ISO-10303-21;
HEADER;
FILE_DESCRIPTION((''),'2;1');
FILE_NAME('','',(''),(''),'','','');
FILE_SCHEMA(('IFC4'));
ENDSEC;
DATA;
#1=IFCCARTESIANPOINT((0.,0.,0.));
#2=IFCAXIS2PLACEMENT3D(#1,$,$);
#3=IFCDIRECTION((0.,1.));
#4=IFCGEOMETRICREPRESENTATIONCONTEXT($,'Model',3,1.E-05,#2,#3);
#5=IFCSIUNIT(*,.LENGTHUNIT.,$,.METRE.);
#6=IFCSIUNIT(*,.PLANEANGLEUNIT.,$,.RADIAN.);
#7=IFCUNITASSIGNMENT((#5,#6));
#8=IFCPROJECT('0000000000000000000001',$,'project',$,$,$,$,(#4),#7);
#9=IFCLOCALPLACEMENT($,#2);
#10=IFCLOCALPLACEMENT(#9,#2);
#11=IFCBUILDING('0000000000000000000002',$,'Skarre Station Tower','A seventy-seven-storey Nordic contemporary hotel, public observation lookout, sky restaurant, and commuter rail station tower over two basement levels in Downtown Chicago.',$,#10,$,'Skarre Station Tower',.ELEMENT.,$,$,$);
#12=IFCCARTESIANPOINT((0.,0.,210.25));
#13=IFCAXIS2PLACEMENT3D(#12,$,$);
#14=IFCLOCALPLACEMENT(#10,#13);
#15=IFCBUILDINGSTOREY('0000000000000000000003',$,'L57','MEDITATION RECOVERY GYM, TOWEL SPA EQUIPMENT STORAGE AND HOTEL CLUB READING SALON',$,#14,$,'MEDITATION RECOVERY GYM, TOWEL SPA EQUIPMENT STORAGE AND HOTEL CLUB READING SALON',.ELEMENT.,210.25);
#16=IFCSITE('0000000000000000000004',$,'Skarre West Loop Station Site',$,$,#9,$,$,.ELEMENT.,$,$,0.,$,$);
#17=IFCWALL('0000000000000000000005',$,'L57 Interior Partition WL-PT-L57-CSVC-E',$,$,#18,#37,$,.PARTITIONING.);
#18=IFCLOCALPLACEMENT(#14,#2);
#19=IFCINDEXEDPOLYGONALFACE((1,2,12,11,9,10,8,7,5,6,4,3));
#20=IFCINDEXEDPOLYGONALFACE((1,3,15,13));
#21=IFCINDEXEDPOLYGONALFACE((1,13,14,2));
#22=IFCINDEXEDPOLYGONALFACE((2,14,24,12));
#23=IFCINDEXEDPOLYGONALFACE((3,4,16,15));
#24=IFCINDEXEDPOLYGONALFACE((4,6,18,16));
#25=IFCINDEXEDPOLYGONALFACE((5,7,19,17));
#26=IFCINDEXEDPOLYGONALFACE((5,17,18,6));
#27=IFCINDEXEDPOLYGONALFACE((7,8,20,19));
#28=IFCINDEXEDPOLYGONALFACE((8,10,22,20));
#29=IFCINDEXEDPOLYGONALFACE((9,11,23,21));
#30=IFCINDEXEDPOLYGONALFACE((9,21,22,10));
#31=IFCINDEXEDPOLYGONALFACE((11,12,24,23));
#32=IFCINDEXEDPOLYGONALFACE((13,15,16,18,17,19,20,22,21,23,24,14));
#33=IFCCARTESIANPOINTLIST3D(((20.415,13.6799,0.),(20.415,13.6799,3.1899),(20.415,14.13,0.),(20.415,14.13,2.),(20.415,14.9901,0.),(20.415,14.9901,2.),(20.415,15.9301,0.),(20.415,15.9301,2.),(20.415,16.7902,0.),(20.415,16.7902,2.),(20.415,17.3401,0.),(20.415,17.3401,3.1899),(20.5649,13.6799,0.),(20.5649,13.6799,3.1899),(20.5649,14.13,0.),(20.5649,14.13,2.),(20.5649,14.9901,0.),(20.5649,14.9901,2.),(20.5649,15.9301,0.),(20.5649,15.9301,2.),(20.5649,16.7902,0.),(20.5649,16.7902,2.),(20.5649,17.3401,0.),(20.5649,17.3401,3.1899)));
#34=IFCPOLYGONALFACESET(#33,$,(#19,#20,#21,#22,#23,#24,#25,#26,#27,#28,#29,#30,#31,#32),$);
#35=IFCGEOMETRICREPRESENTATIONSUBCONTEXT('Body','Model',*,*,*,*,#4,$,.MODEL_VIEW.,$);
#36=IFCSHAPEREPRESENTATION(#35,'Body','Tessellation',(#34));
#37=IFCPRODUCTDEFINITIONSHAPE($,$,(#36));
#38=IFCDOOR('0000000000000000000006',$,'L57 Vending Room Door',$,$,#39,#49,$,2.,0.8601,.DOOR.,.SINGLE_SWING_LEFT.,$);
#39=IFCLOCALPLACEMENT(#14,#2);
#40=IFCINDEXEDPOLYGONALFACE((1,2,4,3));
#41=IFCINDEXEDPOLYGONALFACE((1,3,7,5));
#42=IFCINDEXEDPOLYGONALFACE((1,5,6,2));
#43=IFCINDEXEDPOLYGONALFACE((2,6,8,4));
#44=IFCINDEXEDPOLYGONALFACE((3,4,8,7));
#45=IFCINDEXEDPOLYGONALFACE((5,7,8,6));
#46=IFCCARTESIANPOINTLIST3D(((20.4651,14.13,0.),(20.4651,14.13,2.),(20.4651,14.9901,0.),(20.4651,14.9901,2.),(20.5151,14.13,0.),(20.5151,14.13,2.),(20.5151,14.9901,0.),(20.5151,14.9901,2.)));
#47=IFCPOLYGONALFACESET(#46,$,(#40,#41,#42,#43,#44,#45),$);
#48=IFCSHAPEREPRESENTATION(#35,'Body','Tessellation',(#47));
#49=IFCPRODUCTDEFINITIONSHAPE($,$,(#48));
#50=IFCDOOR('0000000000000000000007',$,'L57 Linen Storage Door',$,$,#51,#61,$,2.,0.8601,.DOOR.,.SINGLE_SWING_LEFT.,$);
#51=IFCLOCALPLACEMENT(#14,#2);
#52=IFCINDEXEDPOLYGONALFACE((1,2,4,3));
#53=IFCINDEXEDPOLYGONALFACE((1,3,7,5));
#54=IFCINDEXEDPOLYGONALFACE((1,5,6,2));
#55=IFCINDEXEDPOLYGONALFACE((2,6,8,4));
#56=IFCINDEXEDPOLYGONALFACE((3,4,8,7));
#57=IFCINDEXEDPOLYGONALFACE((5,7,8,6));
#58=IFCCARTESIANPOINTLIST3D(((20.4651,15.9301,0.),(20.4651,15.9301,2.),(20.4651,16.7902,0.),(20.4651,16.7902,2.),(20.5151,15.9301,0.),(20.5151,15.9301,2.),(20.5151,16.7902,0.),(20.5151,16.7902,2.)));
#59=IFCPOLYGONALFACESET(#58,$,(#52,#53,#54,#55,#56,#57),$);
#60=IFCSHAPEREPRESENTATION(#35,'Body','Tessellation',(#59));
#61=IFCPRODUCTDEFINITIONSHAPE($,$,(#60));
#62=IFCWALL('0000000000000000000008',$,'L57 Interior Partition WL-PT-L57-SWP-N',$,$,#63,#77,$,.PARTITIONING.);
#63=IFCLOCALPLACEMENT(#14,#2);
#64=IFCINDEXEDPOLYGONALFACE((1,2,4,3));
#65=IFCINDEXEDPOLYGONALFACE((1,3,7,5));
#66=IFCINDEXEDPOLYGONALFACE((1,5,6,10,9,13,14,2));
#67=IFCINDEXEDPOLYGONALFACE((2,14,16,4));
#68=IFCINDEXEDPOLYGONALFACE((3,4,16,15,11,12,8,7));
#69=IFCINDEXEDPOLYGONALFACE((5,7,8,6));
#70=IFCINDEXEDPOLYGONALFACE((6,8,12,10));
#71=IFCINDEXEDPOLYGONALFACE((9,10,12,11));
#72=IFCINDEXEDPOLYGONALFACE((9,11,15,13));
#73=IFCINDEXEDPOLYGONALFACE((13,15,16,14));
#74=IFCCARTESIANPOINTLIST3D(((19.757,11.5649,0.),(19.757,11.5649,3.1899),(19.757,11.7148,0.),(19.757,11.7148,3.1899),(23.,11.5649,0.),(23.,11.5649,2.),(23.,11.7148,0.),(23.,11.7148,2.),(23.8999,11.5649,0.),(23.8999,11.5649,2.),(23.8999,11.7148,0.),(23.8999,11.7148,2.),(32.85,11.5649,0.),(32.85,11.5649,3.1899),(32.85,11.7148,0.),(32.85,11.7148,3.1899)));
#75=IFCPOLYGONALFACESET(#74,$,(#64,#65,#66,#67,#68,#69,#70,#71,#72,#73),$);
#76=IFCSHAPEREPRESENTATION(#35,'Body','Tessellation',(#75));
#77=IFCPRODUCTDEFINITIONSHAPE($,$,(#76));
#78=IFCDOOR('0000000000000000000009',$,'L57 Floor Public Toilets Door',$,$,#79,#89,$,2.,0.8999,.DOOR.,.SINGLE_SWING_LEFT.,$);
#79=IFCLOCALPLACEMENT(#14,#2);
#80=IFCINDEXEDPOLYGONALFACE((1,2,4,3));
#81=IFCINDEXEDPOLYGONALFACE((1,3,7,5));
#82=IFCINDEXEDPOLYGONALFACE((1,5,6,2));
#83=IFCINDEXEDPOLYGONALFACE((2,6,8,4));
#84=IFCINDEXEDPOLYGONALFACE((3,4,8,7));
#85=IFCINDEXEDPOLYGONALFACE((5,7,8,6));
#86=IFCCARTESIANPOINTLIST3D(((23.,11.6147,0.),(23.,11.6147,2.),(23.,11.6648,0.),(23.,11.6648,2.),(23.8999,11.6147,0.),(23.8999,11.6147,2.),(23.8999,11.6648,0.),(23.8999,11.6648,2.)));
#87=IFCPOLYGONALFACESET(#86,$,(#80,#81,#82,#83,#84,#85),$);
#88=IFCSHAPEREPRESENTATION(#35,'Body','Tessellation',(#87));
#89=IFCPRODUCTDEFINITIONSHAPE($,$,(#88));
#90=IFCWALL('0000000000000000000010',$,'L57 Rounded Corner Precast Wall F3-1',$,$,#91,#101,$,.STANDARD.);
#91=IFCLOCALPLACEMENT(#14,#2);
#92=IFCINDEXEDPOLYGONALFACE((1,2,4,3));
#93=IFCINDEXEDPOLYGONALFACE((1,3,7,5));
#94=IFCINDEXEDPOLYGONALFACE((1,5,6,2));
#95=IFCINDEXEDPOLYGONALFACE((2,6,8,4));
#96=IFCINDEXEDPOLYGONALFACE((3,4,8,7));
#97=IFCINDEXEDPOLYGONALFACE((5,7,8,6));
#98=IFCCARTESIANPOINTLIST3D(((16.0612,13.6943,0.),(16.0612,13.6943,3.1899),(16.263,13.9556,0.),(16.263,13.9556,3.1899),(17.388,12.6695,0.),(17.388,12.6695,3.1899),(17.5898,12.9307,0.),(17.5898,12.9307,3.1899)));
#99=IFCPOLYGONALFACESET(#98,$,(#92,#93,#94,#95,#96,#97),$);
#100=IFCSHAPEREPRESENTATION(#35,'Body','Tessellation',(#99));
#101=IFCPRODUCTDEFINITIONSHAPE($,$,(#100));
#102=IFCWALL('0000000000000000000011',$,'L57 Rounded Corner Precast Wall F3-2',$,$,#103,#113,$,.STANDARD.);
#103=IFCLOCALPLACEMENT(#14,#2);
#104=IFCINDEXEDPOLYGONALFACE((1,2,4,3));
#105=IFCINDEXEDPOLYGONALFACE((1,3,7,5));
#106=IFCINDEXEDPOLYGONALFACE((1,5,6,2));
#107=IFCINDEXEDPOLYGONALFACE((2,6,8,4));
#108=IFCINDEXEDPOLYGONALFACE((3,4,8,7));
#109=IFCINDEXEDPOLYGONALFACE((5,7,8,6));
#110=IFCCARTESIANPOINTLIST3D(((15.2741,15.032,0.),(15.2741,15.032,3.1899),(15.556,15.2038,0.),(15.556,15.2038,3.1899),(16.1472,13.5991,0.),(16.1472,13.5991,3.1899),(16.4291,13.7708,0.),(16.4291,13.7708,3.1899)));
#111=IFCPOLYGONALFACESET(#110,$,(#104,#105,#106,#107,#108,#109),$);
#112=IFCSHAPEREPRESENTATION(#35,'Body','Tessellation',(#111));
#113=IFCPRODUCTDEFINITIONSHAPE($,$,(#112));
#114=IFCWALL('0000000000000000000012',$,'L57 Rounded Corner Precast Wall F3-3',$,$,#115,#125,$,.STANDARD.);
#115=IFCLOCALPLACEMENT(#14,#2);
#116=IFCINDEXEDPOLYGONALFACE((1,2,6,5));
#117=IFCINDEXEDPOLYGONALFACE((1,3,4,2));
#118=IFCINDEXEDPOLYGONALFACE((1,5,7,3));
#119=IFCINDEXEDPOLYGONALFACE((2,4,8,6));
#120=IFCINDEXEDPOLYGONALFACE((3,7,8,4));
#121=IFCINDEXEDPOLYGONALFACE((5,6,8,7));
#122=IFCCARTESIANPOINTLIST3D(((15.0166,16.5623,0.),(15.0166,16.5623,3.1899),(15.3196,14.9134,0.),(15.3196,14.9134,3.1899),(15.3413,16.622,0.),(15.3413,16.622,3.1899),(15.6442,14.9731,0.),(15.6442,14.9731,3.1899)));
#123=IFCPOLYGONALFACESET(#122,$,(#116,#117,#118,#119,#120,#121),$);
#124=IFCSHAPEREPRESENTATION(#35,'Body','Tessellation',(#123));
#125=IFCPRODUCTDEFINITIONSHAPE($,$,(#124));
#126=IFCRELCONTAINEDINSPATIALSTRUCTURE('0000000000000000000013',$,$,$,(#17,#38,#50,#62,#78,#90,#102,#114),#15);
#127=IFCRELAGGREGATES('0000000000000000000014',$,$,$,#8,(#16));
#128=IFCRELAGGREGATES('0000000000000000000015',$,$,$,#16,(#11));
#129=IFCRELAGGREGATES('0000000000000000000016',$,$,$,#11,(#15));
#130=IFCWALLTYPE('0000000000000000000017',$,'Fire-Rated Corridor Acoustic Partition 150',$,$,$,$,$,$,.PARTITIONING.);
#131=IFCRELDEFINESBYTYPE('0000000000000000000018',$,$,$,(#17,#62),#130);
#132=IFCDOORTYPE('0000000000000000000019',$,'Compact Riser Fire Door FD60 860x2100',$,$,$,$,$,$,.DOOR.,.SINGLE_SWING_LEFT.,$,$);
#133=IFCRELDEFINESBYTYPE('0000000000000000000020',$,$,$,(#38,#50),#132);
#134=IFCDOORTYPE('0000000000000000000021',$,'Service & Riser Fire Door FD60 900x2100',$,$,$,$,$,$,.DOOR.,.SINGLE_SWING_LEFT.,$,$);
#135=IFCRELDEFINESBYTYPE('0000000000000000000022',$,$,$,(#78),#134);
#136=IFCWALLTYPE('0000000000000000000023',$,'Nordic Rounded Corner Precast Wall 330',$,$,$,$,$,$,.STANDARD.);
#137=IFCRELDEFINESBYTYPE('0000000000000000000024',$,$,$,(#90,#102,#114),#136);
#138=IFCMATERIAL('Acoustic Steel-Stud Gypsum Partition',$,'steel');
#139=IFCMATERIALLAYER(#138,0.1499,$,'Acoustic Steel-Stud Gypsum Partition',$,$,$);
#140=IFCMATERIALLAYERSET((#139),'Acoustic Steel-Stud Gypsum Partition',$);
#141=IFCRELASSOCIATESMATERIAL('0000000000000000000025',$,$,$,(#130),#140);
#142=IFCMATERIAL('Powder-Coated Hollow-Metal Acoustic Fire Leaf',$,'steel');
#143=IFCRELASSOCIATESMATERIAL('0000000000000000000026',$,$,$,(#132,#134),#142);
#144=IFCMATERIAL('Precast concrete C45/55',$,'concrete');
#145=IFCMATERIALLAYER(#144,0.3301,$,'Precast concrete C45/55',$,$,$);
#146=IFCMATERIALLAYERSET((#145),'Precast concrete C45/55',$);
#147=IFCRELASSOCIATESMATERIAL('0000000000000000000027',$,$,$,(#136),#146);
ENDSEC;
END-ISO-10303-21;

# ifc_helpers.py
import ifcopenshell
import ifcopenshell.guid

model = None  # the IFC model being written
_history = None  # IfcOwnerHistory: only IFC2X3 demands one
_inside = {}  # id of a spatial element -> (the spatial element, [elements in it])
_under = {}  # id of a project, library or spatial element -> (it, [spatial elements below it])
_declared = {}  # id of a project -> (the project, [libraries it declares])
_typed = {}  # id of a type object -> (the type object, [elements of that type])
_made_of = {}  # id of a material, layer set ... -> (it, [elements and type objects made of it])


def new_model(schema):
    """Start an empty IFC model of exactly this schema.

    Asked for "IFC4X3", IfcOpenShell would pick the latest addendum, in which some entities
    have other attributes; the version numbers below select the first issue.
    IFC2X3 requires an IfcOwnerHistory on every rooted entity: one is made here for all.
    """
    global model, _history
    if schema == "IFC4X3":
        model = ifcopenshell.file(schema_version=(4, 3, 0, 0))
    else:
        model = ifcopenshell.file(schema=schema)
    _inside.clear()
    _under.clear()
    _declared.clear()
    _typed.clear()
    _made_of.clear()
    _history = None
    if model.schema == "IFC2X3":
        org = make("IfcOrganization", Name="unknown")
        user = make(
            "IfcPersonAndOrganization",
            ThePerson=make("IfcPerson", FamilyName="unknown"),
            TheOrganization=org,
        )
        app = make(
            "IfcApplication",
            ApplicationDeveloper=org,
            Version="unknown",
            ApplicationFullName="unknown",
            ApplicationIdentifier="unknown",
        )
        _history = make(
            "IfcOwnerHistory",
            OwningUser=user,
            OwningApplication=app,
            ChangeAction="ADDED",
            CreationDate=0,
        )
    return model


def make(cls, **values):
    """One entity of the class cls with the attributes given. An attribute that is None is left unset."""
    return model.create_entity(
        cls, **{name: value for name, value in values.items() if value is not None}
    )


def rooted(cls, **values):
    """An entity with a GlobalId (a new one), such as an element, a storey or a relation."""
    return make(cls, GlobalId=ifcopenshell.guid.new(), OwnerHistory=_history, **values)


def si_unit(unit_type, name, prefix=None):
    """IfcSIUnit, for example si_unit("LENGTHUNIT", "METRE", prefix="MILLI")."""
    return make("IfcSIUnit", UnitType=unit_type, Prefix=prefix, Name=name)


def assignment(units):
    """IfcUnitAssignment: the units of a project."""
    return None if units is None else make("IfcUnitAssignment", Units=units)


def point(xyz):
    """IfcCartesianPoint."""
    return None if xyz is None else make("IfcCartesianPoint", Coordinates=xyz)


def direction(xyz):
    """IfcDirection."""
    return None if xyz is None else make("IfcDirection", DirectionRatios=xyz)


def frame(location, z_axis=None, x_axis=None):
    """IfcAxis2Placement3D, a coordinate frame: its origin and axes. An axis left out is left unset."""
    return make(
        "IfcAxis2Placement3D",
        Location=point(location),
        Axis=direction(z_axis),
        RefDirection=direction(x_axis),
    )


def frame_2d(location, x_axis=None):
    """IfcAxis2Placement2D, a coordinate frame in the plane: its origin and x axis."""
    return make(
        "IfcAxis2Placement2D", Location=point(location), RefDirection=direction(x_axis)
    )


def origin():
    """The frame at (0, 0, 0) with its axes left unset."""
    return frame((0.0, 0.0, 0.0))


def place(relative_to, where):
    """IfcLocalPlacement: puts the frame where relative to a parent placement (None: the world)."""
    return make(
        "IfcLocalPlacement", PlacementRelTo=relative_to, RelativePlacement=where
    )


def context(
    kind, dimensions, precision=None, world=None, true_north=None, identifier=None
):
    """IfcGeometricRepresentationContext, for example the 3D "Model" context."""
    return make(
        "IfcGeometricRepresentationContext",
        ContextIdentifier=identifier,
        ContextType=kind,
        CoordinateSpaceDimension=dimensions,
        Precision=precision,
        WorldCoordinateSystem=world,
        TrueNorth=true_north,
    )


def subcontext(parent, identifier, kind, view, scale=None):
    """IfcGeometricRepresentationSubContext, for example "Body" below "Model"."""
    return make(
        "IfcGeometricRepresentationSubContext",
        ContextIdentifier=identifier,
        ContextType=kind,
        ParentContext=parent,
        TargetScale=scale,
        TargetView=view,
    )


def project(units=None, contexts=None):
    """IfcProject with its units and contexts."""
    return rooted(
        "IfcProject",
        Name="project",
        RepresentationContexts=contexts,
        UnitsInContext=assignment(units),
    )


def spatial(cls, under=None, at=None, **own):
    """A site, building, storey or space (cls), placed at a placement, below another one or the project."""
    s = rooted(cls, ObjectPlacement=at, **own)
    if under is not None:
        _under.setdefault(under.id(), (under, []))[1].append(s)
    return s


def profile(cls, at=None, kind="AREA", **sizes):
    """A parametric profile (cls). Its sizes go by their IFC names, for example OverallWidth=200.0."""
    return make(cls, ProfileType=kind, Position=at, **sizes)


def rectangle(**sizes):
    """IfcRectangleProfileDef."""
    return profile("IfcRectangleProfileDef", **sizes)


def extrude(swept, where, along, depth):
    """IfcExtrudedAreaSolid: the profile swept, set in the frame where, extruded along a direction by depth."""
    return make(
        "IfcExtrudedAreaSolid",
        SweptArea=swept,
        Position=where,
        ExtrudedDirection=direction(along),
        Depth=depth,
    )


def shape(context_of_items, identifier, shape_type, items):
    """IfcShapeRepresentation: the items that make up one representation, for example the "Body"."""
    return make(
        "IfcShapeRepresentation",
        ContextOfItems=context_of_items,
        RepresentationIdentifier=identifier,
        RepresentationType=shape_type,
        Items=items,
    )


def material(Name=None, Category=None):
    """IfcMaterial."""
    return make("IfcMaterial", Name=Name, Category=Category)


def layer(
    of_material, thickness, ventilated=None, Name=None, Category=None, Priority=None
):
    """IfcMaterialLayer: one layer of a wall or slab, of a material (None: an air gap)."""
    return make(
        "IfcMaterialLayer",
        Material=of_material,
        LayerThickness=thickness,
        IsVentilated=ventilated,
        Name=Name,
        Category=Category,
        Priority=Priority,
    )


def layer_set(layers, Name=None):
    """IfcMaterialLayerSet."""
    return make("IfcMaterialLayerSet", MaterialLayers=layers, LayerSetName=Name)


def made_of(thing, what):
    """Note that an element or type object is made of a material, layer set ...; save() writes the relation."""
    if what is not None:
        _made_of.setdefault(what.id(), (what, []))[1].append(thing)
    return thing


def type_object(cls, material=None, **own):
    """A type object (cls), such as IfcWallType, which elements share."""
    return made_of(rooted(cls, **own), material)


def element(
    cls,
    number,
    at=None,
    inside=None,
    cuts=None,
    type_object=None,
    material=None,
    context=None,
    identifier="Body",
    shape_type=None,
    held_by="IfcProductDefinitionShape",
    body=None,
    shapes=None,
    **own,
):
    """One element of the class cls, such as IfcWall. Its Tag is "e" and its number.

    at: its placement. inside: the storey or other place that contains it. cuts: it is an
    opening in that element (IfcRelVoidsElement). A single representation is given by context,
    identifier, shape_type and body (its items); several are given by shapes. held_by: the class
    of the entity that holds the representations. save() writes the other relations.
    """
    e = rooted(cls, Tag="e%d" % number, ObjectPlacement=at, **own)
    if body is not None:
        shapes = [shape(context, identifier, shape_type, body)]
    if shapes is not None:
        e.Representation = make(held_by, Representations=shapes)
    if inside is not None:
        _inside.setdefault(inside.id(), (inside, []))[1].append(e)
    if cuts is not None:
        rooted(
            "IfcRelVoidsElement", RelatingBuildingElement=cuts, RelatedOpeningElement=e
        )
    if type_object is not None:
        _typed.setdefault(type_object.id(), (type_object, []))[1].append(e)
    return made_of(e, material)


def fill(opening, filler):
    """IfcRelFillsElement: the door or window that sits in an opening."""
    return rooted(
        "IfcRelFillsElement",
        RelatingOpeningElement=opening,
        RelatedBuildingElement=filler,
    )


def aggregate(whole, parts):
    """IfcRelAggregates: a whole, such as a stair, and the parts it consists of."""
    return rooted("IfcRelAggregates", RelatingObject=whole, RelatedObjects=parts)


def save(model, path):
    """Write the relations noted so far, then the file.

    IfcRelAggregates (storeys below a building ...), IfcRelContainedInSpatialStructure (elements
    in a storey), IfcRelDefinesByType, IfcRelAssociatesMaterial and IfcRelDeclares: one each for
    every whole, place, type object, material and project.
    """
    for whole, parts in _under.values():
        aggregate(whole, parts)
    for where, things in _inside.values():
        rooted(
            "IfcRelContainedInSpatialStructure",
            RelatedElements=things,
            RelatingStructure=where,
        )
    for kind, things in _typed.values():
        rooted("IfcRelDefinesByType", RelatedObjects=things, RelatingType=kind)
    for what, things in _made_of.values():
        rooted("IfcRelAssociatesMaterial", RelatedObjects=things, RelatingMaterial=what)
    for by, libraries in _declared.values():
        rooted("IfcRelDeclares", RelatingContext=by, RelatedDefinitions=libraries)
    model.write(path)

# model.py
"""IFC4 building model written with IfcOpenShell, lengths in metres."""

from ifc_helpers import new_model, si_unit, direction, frame, frame_2d, origin, place, context, subcontext, project, spatial, rectangle, extrude, material, layer, layer_set, type_object, element, fill, save


model = new_model("IFC4")

# Units and contexts
model_context = context("Model", 3, precision=1e-05, world=origin(), true_north=direction((0.0, 1.0)))
body_context = subcontext(model_context, "Body", "Model", "MODEL_VIEW")
ifc_project = project(units=[si_unit("LENGTHUNIT", "METRE"), si_unit("PLANEANGLEUNIT", "RADIAN")], contexts=[model_context])

# Site, building, storey
site_placement = place(None, origin())
site = spatial("IfcSite", under=ifc_project, at=site_placement, Name="Skarre West Loop Station Site", CompositionType="ELEMENT", RefElevation=0.0)
building_placement = place(site_placement, origin())
building = spatial("IfcBuilding", under=site, at=building_placement, Name="Skarre Station Tower", Description="A seventy-seven-storey Nordic contemporary hotel, public observation lookout, sky restaurant, and commuter rail station tower over two basement levels in Downtown Chicago.", LongName="Skarre Station Tower", CompositionType="ELEMENT")
storey_placement = place(building_placement, frame((0.0, 0.0, 210.25)))
storey = spatial("IfcBuildingStorey", under=building, at=storey_placement, Name="L57", Description="MEDITATION RECOVERY GYM, TOWEL SPA EQUIPMENT STORAGE AND HOTEL CLUB READING SALON", LongName="MEDITATION RECOVERY GYM, TOWEL SPA EQUIPMENT STORAGE AND HOTEL CLUB READING SALON", CompositionType="ELEMENT", Elevation=210.25)

# Shared definitions
ifc_material_1 = material(Name="Acoustic Steel-Stud Gypsum Partition", Category="steel")
ifc_layer_1 = layer(ifc_material_1, 0.1499, Name="Acoustic Steel-Stud Gypsum Partition")
ifc_layer_set_1 = layer_set([ifc_layer_1], Name="Acoustic Steel-Stud Gypsum Partition")
wall_type_1 = type_object("IfcWallType", Name="Fire-Rated Corridor Acoustic Partition 150", PredefinedType="PARTITIONING", material=ifc_layer_set_1)

# Wall, openings, doors
wall_1_placement = place(storey_placement, frame((20.49, 13.6799, 0.0), z_axis=(0.0, 0.0, 1.0), x_axis=(0.0, 1.0, 0.0)))
wall_1 = element("IfcWall", 1, at=wall_1_placement, inside=storey, type_object=wall_type_1, Name="L57 Interior Partition WL-PT-L57-CSVC-E", PredefinedType="PARTITIONING", context=body_context, shape_type="SweptSolid", body=[
    extrude(rectangle(XDim=3.6602, YDim=0.1499, at=frame_2d((1.8301, 0.0))), origin(), (0.0, 0.0, 1.0), 3.1899),
])
opening_1_placement = place(wall_1_placement, frame((0.45, 0.0, 0.0)))
opening_1 = element("IfcOpeningElement", 2, at=opening_1_placement, cuts=wall_1, PredefinedType="OPENING", context=body_context, shape_type="SweptSolid", body=[
    extrude(rectangle(XDim=0.8601, YDim=2.0, at=frame_2d((0.4302, 1.0))), frame((0.0, 0.085, 0.0), z_axis=(0.0, -1.0, 0.0), x_axis=(1.0, 0.0, 0.0)), (0.0, 0.0, 1.0), 0.1699),
])
opening_2_placement = place(wall_1_placement, frame((2.25, 0.0, 0.0)))
opening_2 = element("IfcOpeningElement", 3, at=opening_2_placement, cuts=wall_1, PredefinedType="OPENING", context=body_context, shape_type="SweptSolid", body=[
    extrude(rectangle(XDim=0.8601, YDim=2.0, at=frame_2d((0.4302, 1.0))), frame((0.0, 0.085, 0.0), z_axis=(0.0, -1.0, 0.0), x_axis=(1.0, 0.0, 0.0)), (0.0, 0.0, 1.0), 0.1699),
])
ifc_material_2 = material(Name="Powder-Coated Hollow-Metal Acoustic Fire Leaf", Category="steel")
door_type_1 = type_object("IfcDoorType", Name="Compact Riser Fire Door FD60 860x2100", OperationType="SINGLE_SWING_LEFT", PredefinedType="DOOR", material=ifc_material_2)
door_1_placement = place(opening_1_placement, origin())
door_1 = element("IfcDoor", 4, at=door_1_placement, inside=storey, type_object=door_type_1, Name="L57 Vending Room Door", OperationType="SINGLE_SWING_LEFT", OverallHeight=2.0, OverallWidth=0.8601, PredefinedType="DOOR", context=body_context, shape_type="SweptSolid", body=[
    extrude(rectangle(XDim=0.8601, YDim=2.0, at=frame_2d((0.4302, 1.0))), frame((0.0, 0.0249, 0.0), z_axis=(0.0, -1.0, 0.0), x_axis=(1.0, 0.0, 0.0)), (0.0, 0.0, 1.0), 0.05),
])
fill(opening_1, door_1)
door_2_placement = place(opening_2_placement, origin())
door_2 = element("IfcDoor", 5, at=door_2_placement, inside=storey, type_object=door_type_1, Name="L57 Linen Storage Door", OperationType="SINGLE_SWING_LEFT", OverallHeight=2.0, OverallWidth=0.8601, PredefinedType="DOOR", context=body_context, shape_type="SweptSolid", body=[
    extrude(rectangle(XDim=0.8601, YDim=2.0, at=frame_2d((0.4302, 1.0))), frame((0.0, 0.0249, 0.0), z_axis=(0.0, -1.0, 0.0), x_axis=(1.0, 0.0, 0.0)), (0.0, 0.0, 1.0), 0.05),
])
fill(opening_2, door_2)

# Wall, opening, door
wall_2_placement = place(storey_placement, frame((19.7571, 11.6399, 0.0), z_axis=(0.0, 0.0, 1.0), x_axis=(1.0, 0.0, 0.0)))
wall_2 = element("IfcWall", 6, at=wall_2_placement, inside=storey, type_object=wall_type_1, Name="L57 Interior Partition WL-PT-L57-SWP-N", PredefinedType="PARTITIONING", context=body_context, shape_type="SweptSolid", body=[
    extrude(rectangle(XDim=13.093, YDim=0.1499, at=frame_2d((6.5464, 0.0))), origin(), (0.0, 0.0, 1.0), 3.1899),
])
opening_3_placement = place(wall_2_placement, frame((3.2429, 0.0, 0.0)))
opening_3 = element("IfcOpeningElement", 7, at=opening_3_placement, cuts=wall_2, PredefinedType="OPENING", context=body_context, shape_type="SweptSolid", body=[
    extrude(rectangle(XDim=0.8999, YDim=2.0, at=frame_2d((0.45, 1.0))), frame((0.0, 0.085, 0.0), z_axis=(0.0, -1.0, 0.0), x_axis=(1.0, 0.0, 0.0)), (0.0, 0.0, 1.0), 0.1699),
])
door_type_2 = type_object("IfcDoorType", Name="Service & Riser Fire Door FD60 900x2100", OperationType="SINGLE_SWING_LEFT", PredefinedType="DOOR", material=ifc_material_2)
door_3_placement = place(opening_3_placement, origin())
door_3 = element("IfcDoor", 8, at=door_3_placement, inside=storey, type_object=door_type_2, Name="L57 Floor Public Toilets Door", OperationType="SINGLE_SWING_LEFT", OverallHeight=2.0, OverallWidth=0.8999, PredefinedType="DOOR", context=body_context, shape_type="SweptSolid", body=[
    extrude(rectangle(XDim=0.8999, YDim=2.0, at=frame_2d((0.45, 1.0))), frame((0.0, 0.0249, 0.0), z_axis=(0.0, -1.0, 0.0), x_axis=(1.0, 0.0, 0.0)), (0.0, 0.0, 1.0), 0.05),
])
fill(opening_3, door_3)

# Walls
ifc_material_3 = material(Name="Precast concrete C45/55", Category="concrete")
ifc_layer_2 = layer(ifc_material_3, 0.3301, Name="Precast concrete C45/55")
ifc_layer_set_2 = layer_set([ifc_layer_2], Name="Precast concrete C45/55")
wall_type_2 = type_object("IfcWallType", Name="Nordic Rounded Corner Precast Wall 330", PredefinedType="STANDARD", material=ifc_layer_set_2)
wall_3_placement = place(storey_placement, frame((17.489, 12.8, 0.0), z_axis=(0.0, 0.0, 1.0), x_axis=(-0.79141, 0.611286, 0.0)))
element("IfcWall", 9, at=wall_3_placement, inside=storey, type_object=wall_type_2, Name="L57 Rounded Corner Precast Wall F3-1", PredefinedType="STANDARD", context=body_context, shape_type="SweptSolid", body=[
    extrude(rectangle(XDim=1.6765, YDim=0.3301, at=frame_2d((0.8384, 0.0))), origin(), (0.0, 0.0, 1.0), 3.1899),
])
wall_4_placement = place(storey_placement, frame((16.2881, 13.6851, 0.0), z_axis=(0.0, 0.0, 1.0), x_axis=(-0.520325, 0.853968, 0.0)))
element("IfcWall", 10, at=wall_4_placement, inside=storey, type_object=wall_type_2, Name="L57 Rounded Corner Precast Wall F3-2", PredefinedType="STANDARD", context=body_context, shape_type="SweptSolid", body=[
    extrude(rectangle(XDim=1.678, YDim=0.3301, at=frame_2d((0.8389, 0.0))), origin(), (0.0, 0.0, 1.0), 3.1899),
])
wall_5_placement = place(storey_placement, frame((15.4819, 14.9431, 0.0), z_axis=(0.0, 0.0, 1.0), x_axis=(-0.180718, 0.983535, 0.0)))
element("IfcWall", 11, at=wall_5_placement, inside=storey, type_object=wall_type_2, Name="L57 Rounded Corner Precast Wall F3-3", PredefinedType="STANDARD", context=body_context, shape_type="SweptSolid", body=[
    extrude(rectangle(XDim=1.6765, YDim=0.3301, at=frame_2d((0.8384, 0.0))), origin(), (0.0, 0.0, 1.0), 3.1899),
])

save(model, "model.ifc")
